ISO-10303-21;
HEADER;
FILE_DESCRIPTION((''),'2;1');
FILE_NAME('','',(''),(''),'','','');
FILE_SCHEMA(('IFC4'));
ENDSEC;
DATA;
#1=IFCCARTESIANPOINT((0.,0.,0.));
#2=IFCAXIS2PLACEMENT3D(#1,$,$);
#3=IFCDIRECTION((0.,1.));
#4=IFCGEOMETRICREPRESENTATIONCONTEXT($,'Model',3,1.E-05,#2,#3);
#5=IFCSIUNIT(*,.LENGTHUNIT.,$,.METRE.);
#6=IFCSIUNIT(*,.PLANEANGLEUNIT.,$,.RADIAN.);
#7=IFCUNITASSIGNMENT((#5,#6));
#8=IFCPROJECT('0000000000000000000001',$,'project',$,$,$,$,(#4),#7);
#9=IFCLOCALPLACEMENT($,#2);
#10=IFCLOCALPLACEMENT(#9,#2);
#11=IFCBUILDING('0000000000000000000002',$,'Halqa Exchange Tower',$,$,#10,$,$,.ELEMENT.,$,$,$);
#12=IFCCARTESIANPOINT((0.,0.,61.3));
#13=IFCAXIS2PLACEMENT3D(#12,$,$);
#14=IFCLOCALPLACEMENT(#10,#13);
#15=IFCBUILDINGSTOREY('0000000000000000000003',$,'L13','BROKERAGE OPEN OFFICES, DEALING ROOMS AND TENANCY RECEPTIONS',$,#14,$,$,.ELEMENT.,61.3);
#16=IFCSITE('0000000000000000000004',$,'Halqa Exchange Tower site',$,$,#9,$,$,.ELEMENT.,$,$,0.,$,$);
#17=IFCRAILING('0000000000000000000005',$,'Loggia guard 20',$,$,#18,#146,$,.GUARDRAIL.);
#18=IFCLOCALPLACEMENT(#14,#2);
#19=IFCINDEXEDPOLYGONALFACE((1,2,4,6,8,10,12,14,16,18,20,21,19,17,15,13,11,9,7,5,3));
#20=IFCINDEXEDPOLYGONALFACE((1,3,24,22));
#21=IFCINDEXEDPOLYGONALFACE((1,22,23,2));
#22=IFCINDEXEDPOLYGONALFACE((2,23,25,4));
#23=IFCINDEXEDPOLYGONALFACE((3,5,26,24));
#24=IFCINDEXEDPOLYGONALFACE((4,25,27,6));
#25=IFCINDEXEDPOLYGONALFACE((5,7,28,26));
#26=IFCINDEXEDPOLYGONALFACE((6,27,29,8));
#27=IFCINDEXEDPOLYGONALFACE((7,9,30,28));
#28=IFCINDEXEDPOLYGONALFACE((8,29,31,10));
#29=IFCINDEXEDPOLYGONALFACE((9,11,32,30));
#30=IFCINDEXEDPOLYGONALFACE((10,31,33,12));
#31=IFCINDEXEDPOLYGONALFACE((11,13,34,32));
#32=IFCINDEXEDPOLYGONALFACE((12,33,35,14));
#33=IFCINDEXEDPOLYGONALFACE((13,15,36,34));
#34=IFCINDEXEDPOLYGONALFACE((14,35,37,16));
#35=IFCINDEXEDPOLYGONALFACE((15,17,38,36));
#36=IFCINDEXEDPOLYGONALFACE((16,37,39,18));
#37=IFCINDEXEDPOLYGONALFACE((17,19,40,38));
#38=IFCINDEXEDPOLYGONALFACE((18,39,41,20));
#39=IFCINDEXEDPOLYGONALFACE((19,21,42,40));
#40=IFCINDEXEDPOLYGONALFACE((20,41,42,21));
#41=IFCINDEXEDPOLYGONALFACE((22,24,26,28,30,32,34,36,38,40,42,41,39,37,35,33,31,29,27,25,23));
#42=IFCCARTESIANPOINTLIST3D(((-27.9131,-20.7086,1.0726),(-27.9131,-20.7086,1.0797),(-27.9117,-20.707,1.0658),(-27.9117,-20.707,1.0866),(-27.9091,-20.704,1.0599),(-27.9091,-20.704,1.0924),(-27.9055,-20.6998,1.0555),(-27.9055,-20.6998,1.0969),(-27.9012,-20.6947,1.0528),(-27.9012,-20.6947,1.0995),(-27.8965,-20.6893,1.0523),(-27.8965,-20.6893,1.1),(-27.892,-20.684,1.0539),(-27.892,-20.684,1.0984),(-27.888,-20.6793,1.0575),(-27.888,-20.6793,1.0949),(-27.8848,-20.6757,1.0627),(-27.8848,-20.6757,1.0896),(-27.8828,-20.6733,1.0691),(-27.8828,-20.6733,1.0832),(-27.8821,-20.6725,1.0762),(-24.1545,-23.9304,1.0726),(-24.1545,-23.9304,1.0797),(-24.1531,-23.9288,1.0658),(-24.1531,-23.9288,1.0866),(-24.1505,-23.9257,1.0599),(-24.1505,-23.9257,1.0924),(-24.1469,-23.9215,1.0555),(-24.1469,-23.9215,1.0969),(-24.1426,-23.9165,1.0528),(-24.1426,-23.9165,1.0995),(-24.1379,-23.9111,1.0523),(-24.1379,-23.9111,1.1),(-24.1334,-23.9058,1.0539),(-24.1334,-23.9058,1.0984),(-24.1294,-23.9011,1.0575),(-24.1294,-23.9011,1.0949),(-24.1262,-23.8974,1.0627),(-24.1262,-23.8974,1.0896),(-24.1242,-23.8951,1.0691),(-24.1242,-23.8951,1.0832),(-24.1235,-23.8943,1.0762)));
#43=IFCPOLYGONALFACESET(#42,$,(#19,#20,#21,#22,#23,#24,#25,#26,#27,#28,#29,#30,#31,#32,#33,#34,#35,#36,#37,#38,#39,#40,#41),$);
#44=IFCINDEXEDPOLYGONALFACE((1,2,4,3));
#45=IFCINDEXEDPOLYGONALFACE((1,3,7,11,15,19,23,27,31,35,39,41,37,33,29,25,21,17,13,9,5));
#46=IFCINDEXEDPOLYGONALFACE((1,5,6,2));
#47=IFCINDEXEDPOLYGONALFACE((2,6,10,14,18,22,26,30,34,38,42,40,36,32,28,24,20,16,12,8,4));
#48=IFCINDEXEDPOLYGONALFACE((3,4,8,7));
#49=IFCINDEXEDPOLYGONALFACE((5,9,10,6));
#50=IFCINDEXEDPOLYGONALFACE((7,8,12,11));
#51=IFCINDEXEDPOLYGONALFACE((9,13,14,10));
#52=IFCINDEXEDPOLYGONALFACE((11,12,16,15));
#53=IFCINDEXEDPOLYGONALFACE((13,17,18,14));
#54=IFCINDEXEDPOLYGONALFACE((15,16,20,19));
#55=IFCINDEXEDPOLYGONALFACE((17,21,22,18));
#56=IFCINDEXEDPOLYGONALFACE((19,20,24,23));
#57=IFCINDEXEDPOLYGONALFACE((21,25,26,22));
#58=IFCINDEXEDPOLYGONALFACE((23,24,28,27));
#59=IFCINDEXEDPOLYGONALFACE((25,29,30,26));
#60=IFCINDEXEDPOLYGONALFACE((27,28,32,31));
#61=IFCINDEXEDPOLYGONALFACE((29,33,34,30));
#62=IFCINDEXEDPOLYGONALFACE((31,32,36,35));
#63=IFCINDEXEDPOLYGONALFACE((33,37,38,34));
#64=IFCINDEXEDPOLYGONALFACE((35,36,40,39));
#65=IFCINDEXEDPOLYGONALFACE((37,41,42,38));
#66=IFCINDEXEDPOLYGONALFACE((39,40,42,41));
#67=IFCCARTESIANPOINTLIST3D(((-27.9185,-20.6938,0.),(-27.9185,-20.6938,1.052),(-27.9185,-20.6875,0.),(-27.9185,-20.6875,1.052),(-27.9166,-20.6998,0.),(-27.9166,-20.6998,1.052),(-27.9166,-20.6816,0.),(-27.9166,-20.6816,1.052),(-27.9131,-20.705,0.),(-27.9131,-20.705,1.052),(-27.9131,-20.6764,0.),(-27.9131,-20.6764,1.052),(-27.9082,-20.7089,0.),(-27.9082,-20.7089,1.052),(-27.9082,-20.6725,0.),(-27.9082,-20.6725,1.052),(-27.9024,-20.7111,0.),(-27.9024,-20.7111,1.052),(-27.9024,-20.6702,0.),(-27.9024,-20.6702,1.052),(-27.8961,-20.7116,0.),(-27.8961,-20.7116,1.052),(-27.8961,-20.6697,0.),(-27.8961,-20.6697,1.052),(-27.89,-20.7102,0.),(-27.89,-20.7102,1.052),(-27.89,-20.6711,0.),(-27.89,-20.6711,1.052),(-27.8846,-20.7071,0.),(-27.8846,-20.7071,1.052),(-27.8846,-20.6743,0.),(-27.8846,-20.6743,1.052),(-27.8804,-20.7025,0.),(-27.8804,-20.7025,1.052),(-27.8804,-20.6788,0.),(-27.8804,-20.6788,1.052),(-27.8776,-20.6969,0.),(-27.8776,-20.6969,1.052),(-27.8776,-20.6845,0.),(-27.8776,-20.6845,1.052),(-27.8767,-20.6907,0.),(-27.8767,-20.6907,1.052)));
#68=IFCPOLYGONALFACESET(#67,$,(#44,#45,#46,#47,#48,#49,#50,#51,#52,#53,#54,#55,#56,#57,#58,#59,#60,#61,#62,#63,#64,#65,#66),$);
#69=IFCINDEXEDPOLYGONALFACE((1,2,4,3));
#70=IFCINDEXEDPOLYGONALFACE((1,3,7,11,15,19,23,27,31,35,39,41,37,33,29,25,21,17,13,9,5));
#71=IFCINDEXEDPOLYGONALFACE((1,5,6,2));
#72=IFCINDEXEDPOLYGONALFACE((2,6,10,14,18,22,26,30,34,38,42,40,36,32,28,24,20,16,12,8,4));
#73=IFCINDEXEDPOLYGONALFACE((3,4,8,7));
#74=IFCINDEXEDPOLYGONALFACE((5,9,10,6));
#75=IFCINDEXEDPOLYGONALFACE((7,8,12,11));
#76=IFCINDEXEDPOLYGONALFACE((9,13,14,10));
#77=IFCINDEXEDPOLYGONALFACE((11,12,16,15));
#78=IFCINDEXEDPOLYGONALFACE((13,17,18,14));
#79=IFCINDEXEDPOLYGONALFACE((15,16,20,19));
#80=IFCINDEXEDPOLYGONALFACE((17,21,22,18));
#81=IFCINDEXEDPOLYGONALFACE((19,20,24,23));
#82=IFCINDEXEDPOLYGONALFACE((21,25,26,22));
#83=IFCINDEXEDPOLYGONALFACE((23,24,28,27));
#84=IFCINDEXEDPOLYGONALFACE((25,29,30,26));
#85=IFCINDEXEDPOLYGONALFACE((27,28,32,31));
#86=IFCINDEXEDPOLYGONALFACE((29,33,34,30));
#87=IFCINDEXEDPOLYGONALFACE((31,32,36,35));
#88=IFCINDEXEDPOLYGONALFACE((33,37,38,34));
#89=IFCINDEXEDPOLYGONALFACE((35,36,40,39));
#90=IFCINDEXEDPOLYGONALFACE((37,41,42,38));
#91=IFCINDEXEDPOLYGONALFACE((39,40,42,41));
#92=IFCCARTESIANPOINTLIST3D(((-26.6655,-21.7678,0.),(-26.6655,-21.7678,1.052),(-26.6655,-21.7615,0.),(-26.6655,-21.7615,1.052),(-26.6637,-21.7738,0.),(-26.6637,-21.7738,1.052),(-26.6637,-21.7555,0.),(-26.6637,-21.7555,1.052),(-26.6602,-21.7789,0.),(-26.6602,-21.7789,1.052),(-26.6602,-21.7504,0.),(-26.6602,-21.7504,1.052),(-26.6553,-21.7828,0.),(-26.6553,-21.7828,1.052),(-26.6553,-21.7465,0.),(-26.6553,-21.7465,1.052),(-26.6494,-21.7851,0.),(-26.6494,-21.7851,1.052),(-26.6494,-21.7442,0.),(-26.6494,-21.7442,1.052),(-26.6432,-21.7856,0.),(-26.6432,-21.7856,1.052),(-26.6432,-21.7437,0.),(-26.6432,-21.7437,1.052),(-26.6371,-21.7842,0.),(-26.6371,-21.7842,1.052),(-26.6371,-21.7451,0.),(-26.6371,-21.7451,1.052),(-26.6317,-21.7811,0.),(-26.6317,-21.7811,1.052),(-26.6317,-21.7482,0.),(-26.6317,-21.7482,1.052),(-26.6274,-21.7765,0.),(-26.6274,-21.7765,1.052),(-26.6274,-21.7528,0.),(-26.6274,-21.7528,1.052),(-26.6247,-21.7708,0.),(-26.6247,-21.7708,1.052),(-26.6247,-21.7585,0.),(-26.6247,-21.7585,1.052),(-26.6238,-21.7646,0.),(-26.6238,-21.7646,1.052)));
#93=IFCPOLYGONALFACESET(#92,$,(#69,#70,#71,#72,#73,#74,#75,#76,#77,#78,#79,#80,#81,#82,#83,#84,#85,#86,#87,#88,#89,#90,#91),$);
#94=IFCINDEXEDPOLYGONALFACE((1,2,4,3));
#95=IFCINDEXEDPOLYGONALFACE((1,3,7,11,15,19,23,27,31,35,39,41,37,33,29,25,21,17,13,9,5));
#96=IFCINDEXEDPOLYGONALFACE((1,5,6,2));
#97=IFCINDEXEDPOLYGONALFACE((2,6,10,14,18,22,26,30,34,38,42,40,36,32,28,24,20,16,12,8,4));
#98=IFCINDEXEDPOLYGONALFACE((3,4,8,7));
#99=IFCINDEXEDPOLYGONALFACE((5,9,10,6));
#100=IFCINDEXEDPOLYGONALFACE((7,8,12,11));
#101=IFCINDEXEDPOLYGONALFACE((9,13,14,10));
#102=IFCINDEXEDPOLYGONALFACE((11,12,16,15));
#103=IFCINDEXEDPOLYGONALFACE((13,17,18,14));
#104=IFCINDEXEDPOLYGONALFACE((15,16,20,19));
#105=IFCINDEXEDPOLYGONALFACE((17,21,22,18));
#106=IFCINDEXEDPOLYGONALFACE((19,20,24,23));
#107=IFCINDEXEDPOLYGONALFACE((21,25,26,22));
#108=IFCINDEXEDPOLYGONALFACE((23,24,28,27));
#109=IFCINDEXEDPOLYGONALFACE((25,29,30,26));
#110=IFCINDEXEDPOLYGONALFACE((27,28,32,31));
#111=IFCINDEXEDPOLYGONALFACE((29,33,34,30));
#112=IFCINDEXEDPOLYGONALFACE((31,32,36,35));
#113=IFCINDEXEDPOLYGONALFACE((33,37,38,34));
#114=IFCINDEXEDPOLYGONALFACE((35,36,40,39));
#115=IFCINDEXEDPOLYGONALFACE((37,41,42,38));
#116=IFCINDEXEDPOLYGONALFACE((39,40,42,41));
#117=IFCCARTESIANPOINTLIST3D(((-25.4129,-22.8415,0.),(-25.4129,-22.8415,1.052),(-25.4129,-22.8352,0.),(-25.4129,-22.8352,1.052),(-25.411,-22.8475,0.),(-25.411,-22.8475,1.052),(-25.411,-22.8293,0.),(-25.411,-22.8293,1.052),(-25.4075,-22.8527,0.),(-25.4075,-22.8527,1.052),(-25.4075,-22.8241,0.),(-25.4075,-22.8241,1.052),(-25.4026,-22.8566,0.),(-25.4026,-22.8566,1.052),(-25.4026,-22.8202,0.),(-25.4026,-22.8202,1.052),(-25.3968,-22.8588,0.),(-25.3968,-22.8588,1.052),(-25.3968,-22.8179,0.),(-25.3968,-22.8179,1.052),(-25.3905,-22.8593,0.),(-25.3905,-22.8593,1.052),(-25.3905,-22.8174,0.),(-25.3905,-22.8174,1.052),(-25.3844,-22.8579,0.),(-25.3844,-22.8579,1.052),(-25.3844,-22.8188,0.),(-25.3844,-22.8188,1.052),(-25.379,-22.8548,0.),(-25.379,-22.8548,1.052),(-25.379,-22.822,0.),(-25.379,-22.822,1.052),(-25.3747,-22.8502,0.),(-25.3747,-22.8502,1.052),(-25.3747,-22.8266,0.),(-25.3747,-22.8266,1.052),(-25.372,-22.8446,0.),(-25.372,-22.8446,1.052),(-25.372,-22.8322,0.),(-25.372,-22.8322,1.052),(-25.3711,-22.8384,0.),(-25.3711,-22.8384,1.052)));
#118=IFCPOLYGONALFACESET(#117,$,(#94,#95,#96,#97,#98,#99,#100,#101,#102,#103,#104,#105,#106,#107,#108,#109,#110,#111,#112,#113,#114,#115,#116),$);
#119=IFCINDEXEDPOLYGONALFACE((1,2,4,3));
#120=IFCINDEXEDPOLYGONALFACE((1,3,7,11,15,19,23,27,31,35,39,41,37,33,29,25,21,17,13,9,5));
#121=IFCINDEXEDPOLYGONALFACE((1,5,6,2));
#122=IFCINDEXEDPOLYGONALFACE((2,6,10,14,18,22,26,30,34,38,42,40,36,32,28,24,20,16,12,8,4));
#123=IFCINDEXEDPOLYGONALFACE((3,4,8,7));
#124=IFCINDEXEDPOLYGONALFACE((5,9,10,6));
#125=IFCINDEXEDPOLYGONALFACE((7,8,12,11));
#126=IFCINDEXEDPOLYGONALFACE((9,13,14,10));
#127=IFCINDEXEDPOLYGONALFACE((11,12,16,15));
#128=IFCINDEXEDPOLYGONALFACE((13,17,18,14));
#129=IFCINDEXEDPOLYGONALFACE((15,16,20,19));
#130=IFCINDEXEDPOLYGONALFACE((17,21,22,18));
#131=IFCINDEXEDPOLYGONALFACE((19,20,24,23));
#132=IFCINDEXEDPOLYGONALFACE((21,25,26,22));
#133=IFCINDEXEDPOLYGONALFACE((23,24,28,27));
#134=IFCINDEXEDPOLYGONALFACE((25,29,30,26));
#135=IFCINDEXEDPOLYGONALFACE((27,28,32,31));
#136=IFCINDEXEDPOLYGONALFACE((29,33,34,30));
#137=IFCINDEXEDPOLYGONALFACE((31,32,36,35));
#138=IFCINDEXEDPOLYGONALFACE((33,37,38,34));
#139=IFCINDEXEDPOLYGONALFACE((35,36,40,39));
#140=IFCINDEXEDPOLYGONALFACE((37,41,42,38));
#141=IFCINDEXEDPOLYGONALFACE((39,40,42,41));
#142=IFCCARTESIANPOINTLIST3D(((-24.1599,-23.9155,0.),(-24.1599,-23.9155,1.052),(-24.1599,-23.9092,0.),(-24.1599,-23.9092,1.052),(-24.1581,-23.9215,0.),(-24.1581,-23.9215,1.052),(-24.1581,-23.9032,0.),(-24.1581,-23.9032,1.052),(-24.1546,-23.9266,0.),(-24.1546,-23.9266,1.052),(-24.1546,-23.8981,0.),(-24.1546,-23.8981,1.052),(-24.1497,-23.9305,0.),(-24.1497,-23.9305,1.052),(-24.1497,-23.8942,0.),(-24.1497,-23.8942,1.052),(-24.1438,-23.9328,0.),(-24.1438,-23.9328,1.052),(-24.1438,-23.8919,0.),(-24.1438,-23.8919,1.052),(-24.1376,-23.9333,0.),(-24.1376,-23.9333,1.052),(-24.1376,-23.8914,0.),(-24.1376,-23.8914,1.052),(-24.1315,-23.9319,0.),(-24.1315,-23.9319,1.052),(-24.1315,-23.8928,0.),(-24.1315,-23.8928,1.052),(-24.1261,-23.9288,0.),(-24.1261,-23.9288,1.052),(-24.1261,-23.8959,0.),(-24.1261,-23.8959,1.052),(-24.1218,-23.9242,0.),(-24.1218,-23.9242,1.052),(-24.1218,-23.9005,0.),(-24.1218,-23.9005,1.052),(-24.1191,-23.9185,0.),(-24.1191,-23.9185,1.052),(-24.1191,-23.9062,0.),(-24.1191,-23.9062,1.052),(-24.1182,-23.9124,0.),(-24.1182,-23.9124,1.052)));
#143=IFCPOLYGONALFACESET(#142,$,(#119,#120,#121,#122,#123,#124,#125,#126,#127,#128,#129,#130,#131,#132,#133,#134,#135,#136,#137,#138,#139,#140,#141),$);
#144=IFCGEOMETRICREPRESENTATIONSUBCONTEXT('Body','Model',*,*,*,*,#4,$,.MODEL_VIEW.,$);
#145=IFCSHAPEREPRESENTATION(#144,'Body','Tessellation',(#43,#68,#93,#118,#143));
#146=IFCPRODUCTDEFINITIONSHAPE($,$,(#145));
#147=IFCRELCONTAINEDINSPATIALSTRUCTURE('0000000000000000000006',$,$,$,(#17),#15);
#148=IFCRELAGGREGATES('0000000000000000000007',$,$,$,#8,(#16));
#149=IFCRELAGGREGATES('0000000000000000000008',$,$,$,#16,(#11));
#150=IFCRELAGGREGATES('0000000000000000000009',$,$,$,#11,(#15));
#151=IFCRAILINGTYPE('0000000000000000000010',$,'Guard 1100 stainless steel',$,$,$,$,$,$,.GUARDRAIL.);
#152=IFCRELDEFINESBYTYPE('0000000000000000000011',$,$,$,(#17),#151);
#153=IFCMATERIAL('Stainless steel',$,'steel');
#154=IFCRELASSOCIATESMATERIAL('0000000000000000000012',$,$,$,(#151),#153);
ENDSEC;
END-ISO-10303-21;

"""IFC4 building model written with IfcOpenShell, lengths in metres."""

from ifc_helpers import new_model, si_unit, direction, frame, origin, origin_2d, place, context, subcontext, project, spatial, circle, extrude, material, type_object, element, save


model = new_model("IFC4")

# Units and contexts
model_context = context("Model", 3, precision=1e-05, world=origin(), true_north=direction((0.0, 1.0)))
body_context = subcontext(model_context, "Body", "Model", "MODEL_VIEW")
ifc_project = project(units=[si_unit("LENGTHUNIT", "METRE"), si_unit("PLANEANGLEUNIT", "RADIAN")], contexts=[model_context])

# Site, building, storey
site_placement = place(None, origin())
site = spatial("IfcSite", under=ifc_project, at=site_placement, Name="Halqa Exchange Tower site", CompositionType="ELEMENT", RefElevation=0.0)
building_placement = place(site_placement, origin())
building = spatial("IfcBuilding", under=site, at=building_placement, Name="Halqa Exchange Tower", CompositionType="ELEMENT")
storey_placement = place(building_placement, frame((0.0, 0.0, 61.3)))
storey = spatial("IfcBuildingStorey", under=building, at=storey_placement, Name="L13", Description="BROKERAGE OPEN OFFICES, DEALING ROOMS AND TENANCY RECEPTIONS", CompositionType="ELEMENT", Elevation=61.3)

# Railing
ifc_material_1 = material(Name="Stainless steel", Category="steel")
railing_type = type_object("IfcRailingType", Name="Guard 1100 stainless steel", PredefinedType="GUARDRAIL", material=ifc_material_1)
railing_1_placement = place(storey_placement, frame((-27.8977, -20.6907, 0.0)))
element("IfcRailing", 1, at=railing_1_placement, inside=storey, type_object=railing_type, Name="Loggia guard 20", PredefinedType="GUARDRAIL", context=body_context, shape_type="SweptSolid", body=[
    extrude(circle(Radius=0.0239, at=origin_2d()), frame((0.0, 0.0, 1.0762), z_axis=(0.75925, -0.650799, 0.0), x_axis=(0.650799, 0.75925, 0.0)), (0.0, 0.0, 1.0), 4.9504),
    extrude(circle(Radius=0.021, at=origin_2d()), origin(), (0.0, 0.0, 1.0), 1.052),
    extrude(circle(Radius=0.021, at=origin_2d()), frame((1.2529, -1.074, 0.0)), (0.0, 0.0, 1.0), 1.052),
    extrude(circle(Radius=0.021, at=origin_2d()), frame((2.5056, -2.1477, 0.0)), (0.0, 0.0, 1.0), 1.052),
    extrude(circle(Radius=0.021, at=origin_2d()), frame((3.7585, -3.2217, 0.0)), (0.0, 0.0, 1.0), 1.052),
])

save(model, "model.ifc")
